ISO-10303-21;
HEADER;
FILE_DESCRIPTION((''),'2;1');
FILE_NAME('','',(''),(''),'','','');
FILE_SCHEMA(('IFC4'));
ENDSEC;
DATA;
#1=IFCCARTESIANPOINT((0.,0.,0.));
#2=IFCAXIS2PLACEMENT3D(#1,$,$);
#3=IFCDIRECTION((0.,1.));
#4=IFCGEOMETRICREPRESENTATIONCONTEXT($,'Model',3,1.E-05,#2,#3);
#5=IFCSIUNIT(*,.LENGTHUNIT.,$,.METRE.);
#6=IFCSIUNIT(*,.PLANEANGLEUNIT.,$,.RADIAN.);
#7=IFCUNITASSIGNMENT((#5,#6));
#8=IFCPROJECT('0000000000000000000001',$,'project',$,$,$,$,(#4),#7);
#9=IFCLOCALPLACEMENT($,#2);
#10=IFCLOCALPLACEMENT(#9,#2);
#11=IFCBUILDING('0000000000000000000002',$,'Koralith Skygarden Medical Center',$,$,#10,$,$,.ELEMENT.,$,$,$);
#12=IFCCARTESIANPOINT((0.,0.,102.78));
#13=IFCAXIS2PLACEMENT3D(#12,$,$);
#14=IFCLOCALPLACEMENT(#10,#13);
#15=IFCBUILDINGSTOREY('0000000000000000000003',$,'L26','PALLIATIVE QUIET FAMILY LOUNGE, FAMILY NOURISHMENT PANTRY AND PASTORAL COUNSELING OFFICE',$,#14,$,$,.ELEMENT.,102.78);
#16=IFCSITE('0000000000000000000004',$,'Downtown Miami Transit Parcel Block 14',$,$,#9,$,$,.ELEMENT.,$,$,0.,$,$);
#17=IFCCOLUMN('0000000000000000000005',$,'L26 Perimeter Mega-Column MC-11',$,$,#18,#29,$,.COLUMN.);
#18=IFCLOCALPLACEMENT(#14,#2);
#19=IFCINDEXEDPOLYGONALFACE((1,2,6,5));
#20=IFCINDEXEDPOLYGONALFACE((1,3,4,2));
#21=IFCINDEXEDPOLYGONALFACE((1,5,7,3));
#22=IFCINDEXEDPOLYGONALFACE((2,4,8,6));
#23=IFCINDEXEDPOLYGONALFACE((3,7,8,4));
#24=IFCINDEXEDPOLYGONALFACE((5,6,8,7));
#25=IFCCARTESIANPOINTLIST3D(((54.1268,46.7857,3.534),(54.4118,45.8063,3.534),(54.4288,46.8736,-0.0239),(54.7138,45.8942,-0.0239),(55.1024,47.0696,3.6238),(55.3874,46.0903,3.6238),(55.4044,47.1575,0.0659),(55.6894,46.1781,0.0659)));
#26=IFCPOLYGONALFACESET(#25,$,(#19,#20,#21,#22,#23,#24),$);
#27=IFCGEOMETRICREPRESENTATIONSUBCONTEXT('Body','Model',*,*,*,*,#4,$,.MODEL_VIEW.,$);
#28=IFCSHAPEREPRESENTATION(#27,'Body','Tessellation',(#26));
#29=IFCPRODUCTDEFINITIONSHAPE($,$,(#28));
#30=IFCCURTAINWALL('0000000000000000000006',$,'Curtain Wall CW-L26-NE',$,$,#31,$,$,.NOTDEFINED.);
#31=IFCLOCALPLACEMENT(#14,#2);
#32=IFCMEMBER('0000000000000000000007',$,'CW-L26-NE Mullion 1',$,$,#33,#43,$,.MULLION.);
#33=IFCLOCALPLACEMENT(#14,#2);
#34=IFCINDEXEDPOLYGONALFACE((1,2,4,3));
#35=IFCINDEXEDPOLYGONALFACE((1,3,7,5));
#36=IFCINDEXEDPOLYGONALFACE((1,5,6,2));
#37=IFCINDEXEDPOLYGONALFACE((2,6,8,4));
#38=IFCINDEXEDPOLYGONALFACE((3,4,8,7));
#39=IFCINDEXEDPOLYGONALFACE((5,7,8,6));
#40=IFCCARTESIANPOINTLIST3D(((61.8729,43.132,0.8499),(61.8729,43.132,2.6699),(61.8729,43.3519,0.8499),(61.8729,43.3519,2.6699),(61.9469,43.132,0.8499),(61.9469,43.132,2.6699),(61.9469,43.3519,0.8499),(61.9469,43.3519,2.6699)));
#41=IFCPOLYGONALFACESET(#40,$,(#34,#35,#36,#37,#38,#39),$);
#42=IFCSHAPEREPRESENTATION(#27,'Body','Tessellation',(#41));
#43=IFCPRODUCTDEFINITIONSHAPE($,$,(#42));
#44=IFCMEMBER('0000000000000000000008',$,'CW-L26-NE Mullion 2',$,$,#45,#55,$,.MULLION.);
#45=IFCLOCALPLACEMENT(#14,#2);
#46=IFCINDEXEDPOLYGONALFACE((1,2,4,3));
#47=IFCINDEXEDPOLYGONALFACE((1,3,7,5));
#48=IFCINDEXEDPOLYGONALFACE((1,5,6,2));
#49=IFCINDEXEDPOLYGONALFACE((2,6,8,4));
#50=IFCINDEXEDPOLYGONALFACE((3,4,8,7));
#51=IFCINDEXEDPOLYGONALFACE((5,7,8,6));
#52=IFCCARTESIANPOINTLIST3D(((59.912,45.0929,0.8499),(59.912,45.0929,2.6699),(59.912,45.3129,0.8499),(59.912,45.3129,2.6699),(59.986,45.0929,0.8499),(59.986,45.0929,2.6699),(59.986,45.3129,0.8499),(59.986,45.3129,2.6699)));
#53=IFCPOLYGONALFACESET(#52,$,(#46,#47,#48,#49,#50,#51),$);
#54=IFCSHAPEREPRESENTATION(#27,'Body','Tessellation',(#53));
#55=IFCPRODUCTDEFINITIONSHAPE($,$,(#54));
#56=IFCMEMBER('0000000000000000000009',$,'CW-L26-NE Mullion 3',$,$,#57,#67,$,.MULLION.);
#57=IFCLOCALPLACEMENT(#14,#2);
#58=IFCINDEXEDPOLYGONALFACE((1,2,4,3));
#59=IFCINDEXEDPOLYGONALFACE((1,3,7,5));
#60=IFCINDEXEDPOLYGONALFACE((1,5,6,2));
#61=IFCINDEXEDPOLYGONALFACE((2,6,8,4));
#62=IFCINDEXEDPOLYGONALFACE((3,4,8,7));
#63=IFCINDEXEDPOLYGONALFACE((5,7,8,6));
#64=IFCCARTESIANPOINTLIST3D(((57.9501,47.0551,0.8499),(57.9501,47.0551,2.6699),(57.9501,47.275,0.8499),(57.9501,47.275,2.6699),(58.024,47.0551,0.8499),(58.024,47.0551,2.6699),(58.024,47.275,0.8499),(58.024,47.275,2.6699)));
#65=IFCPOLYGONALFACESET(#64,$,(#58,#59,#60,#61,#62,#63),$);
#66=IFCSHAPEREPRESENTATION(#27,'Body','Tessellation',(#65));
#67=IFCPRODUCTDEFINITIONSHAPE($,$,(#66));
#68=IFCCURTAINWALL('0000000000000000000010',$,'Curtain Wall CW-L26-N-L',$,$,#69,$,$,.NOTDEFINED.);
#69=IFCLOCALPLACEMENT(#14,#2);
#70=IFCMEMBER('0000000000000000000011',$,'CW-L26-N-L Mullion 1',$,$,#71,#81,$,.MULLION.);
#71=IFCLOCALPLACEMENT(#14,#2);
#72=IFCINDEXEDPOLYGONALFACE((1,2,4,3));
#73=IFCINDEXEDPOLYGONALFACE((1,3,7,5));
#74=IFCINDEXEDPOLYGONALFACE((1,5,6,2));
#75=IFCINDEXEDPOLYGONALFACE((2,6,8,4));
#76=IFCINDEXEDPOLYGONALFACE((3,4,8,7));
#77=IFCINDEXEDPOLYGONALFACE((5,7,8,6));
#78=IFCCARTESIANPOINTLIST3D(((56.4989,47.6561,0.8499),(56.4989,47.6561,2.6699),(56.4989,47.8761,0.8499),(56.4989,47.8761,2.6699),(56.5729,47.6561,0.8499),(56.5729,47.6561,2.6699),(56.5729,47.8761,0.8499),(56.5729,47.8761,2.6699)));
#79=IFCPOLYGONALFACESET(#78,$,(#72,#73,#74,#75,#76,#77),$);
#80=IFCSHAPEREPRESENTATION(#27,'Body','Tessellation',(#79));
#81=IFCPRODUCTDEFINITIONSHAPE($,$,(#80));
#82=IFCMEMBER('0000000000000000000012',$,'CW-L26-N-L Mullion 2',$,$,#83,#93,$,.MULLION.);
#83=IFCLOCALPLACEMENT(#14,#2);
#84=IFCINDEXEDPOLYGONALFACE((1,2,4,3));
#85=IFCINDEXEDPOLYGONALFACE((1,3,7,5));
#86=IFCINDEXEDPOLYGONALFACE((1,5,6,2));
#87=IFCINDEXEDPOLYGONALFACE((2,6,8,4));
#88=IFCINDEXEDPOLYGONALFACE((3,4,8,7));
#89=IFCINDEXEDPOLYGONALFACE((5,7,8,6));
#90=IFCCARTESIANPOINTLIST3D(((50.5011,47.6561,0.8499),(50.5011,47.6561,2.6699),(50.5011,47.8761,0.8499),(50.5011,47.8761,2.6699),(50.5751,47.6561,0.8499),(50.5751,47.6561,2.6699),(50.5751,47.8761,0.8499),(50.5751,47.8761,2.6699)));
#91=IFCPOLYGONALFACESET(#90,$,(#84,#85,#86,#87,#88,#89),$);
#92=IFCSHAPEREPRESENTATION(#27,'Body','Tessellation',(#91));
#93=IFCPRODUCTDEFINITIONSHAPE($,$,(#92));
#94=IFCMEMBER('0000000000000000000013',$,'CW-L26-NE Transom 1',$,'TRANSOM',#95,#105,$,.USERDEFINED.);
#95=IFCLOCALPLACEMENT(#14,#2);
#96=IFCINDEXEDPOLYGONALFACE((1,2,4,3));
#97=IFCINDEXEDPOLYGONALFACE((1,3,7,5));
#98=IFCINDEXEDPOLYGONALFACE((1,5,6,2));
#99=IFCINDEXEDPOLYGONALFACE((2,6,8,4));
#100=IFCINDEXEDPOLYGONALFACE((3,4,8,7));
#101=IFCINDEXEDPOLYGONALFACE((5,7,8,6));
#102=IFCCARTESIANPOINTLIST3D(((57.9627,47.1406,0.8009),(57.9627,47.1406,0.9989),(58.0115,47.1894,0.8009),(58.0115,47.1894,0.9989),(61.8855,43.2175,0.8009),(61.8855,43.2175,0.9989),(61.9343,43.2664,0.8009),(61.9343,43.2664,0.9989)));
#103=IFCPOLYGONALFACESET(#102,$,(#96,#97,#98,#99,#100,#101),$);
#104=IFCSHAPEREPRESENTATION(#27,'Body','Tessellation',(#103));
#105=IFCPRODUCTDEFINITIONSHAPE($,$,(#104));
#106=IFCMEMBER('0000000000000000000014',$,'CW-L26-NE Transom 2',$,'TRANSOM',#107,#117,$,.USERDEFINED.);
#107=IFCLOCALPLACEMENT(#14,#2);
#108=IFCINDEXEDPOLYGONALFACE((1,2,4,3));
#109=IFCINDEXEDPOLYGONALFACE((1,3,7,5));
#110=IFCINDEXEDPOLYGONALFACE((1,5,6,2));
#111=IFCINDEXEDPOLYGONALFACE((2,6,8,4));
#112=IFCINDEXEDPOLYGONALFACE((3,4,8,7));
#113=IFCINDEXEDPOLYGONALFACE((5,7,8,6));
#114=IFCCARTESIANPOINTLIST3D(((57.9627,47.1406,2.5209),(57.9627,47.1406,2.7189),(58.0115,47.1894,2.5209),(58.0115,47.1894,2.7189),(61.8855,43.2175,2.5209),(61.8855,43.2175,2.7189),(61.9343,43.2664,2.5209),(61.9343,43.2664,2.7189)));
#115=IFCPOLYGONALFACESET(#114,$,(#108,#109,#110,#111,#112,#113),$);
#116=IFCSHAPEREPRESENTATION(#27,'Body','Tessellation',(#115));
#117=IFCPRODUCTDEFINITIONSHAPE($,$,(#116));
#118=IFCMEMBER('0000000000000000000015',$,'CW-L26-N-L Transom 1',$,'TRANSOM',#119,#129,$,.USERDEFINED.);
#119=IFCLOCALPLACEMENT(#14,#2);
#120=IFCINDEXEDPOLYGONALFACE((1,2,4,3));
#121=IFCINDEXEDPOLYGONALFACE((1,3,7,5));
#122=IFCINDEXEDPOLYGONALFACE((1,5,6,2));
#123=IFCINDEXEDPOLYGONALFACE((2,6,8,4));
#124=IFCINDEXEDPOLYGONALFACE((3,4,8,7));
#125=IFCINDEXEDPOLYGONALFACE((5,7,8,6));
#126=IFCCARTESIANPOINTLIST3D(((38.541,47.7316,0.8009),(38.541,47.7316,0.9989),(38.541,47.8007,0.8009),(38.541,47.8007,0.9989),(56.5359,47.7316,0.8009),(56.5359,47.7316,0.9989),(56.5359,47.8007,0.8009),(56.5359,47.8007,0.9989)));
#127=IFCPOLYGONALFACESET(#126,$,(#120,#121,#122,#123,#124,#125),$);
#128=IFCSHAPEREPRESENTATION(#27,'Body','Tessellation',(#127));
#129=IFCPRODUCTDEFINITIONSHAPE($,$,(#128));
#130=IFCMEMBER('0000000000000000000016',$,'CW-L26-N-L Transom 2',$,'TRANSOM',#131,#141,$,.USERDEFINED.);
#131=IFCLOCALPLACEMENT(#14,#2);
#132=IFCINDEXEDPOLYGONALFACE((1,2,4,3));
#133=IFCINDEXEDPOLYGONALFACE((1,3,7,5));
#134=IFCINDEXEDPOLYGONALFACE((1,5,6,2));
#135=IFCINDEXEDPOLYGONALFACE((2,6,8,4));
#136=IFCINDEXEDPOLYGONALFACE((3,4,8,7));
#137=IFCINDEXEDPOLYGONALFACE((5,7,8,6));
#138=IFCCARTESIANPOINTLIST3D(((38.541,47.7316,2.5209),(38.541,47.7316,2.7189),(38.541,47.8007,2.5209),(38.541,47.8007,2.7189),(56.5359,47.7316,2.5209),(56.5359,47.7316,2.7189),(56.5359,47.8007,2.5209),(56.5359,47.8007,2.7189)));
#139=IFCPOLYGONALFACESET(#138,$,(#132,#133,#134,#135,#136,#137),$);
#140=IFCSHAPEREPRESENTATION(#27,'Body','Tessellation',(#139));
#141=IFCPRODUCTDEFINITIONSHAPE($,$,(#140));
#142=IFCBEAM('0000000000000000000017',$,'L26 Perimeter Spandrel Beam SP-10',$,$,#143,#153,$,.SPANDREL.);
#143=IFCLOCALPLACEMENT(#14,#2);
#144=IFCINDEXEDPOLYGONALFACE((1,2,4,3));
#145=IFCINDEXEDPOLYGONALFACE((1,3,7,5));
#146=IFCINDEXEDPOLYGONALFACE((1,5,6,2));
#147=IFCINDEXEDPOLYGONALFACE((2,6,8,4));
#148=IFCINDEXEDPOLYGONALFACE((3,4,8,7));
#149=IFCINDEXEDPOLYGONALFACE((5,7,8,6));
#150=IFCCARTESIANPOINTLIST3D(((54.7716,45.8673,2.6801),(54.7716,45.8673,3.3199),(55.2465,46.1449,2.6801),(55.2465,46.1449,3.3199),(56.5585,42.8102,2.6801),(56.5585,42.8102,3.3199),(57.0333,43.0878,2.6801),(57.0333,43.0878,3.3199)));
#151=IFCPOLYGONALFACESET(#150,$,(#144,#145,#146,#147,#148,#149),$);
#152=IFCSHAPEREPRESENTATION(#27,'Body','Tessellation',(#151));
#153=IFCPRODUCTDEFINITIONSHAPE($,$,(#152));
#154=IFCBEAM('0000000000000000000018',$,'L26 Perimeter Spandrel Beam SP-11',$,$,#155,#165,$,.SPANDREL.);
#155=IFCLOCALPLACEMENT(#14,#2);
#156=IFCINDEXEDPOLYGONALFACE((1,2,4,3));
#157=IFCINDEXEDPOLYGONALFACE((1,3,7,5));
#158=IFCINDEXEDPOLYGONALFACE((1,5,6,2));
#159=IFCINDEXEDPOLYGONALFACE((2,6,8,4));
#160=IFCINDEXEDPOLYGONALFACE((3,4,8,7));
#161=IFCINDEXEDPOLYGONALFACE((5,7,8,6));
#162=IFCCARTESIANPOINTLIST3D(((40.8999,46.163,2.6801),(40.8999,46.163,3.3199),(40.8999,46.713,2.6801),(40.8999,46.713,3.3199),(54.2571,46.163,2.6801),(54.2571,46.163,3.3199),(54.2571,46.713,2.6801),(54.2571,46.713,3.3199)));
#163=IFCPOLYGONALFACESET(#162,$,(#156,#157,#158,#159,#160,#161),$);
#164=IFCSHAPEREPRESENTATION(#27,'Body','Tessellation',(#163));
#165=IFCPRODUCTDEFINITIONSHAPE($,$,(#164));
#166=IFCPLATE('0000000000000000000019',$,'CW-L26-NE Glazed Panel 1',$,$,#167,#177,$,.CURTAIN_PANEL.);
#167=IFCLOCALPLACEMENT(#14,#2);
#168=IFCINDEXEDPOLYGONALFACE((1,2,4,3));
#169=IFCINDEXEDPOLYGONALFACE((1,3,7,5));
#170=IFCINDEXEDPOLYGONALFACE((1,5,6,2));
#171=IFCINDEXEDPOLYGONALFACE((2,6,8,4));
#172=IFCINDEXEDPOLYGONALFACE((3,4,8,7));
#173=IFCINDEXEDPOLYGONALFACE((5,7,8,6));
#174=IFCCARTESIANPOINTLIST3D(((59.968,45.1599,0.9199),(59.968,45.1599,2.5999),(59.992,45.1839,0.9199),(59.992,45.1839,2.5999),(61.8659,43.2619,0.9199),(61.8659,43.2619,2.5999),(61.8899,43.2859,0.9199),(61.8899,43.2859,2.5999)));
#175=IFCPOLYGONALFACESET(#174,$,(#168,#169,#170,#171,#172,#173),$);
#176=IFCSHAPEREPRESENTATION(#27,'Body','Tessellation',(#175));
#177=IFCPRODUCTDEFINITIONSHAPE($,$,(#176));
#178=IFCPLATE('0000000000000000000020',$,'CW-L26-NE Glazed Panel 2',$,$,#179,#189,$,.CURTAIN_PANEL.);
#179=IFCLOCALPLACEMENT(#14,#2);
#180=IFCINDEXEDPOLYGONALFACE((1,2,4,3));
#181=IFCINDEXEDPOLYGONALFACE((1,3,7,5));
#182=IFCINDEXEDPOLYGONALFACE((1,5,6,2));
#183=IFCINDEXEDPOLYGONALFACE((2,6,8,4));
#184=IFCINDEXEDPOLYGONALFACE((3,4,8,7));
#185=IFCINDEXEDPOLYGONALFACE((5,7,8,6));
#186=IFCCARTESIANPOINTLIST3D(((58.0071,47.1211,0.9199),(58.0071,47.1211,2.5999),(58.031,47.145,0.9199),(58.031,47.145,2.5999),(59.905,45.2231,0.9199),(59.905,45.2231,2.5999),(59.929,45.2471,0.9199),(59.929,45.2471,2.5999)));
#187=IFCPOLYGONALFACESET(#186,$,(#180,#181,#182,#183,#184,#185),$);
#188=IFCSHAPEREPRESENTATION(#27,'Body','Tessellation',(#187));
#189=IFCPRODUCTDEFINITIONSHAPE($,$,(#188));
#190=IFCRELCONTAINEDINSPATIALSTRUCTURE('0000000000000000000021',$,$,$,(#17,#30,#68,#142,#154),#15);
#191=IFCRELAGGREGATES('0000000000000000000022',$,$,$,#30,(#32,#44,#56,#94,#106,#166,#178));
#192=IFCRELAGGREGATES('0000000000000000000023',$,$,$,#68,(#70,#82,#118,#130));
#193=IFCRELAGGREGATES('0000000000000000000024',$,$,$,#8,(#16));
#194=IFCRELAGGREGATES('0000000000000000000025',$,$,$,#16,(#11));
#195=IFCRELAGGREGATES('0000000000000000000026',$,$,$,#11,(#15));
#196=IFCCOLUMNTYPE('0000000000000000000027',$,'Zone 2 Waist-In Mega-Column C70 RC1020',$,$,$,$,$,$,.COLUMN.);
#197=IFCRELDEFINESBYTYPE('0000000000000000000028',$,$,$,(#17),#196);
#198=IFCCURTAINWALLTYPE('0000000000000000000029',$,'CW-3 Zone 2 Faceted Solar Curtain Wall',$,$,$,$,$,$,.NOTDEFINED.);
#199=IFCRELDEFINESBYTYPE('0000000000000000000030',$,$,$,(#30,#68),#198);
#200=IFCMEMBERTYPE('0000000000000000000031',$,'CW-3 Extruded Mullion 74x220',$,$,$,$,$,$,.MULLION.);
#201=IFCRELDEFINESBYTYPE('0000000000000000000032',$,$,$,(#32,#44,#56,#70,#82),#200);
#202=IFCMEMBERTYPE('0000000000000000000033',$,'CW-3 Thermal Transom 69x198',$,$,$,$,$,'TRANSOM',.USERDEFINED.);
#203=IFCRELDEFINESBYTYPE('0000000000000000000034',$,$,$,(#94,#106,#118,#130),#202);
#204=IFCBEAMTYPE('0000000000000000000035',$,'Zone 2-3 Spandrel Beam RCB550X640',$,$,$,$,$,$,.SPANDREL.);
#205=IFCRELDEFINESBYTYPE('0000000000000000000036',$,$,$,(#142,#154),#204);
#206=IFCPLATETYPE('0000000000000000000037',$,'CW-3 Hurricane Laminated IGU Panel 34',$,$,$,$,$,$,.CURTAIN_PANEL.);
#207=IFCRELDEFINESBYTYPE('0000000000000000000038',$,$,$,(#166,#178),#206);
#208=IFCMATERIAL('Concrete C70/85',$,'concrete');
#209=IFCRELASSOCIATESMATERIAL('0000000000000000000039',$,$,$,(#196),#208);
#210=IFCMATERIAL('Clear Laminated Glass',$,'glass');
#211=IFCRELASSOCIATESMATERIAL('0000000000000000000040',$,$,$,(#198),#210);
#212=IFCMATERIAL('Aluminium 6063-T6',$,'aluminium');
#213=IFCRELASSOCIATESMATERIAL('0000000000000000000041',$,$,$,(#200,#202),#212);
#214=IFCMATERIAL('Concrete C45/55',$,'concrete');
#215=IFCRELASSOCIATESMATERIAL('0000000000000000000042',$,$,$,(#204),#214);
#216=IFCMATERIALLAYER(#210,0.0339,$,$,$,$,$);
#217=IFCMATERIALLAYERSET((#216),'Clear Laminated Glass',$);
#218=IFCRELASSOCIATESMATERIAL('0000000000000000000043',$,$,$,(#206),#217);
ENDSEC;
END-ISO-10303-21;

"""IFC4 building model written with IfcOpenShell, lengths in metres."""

from ifc_helpers import new_model, si_unit, direction, frame, origin, origin_2d, place, context, subcontext, project, spatial, rectangle, extrude, material, layer, layer_set, material_profile, profile_set, type_object, element, aggregate, save


model = new_model("IFC4")

# Units and contexts
model_context = context("Model", 3, precision=1e-05, world=origin(), true_north=direction((0.0, 1.0)))
body_context = subcontext(model_context, "Body", "Model", "MODEL_VIEW")
ifc_project = project(units=[si_unit("LENGTHUNIT", "METRE"), si_unit("PLANEANGLEUNIT", "RADIAN")], contexts=[model_context])

# Site, building, storey
site_placement = place(None, origin())
site = spatial("IfcSite", under=ifc_project, at=site_placement, Name="Downtown Miami Transit Parcel Block 14", CompositionType="ELEMENT", RefElevation=0.0)
building_placement = place(site_placement, origin())
building = spatial("IfcBuilding", under=site, at=building_placement, Name="Koralith Skygarden Medical Center", CompositionType="ELEMENT")
storey_placement = place(building_placement, frame((0.0, 0.0, 102.78)))
storey = spatial("IfcBuildingStorey", under=building, at=storey_placement, Name="L26", Description="PALLIATIVE QUIET FAMILY LOUNGE, FAMILY NOURISHMENT PANTRY AND PASTORAL COUNSELING OFFICE", CompositionType="ELEMENT", Elevation=102.78)

# Column
ifc_material_1 = material(Name="Concrete C70/85", Category="concrete")
ifc_material_profile_1 = material_profile(ifc_material_1, rectangle(XDim=1.02, YDim=1.02, at=origin_2d()), Name="RC1020X1020")
ifc_profile_set_1 = profile_set([ifc_material_profile_1], Name="Concrete C70/85")
column_type = type_object("IfcColumnType", Name="Zone 2 Waist-In Mega-Column C70 RC1020", PredefinedType="COLUMN", material=ifc_profile_set_1)
column_placement = place(storey_placement, frame((55.0591, 46.5259, 0.021), z_axis=(-0.084553, -0.024607, 0.996115), x_axis=(0.279434, -0.960165, 0.0)))
element("IfcColumn", 1, at=column_placement, inside=storey, type_object=column_type, Name="L26 Perimeter Mega-Column MC-11", PredefinedType="COLUMN", context=body_context, shape_type="SweptSolid", body=[
    extrude(rectangle(XDim=1.02, YDim=1.02, at=origin_2d()), origin(), (0.0, 0.0, 1.0), 3.5718),
])

# Curtain walls, members
ifc_material_2 = material(Name="Clear Laminated Glass", Category="glass")
curtain_wall_type = type_object("IfcCurtainWallType", Name="CW-3 Zone 2 Faceted Solar Curtain Wall", PredefinedType="NOTDEFINED", material=ifc_material_2)
curtain_wall_1_placement = place(storey_placement, origin())
curtain_wall_1 = element("IfcCurtainWall", 2, at=curtain_wall_1_placement, inside=storey, type_object=curtain_wall_type, Name="Curtain Wall CW-L26-NE", PredefinedType="NOTDEFINED")
ifc_material_3 = material(Name="Aluminium 6063-T6", Category="aluminium")
ifc_material_profile_2 = material_profile(ifc_material_3, rectangle(XDim=0.074, YDim=0.22, at=origin_2d()), Name="MUL74X220")
ifc_profile_set_2 = profile_set([ifc_material_profile_2], Name="Aluminium 6063-T6")
member_type_1 = type_object("IfcMemberType", Name="CW-3 Extruded Mullion 74x220", PredefinedType="MULLION", material=ifc_profile_set_2)
member_1_placement = place(storey_placement, frame((61.9099, 43.2419, 0.8499), z_axis=(0.0, 0.0, 1.0), x_axis=(1.0, 0.0, 0.0)))
member_1 = element("IfcMember", 3, at=member_1_placement, type_object=member_type_1, Name="CW-L26-NE Mullion 1", PredefinedType="MULLION", context=body_context, shape_type="SweptSolid", body=[
    extrude(rectangle(XDim=0.074, YDim=0.22, at=origin_2d()), origin(), (0.0, 0.0, 1.0), 1.8201),
])
member_2_placement = place(storey_placement, frame((59.949, 45.2029, 0.8499), z_axis=(0.0, 0.0, 1.0), x_axis=(1.0, 0.0, 0.0)))
member_2 = element("IfcMember", 4, at=member_2_placement, type_object=member_type_1, Name="CW-L26-NE Mullion 2", PredefinedType="MULLION", context=body_context, shape_type="SweptSolid", body=[
    extrude(rectangle(XDim=0.074, YDim=0.22, at=origin_2d()), origin(), (0.0, 0.0, 1.0), 1.8201),
])
member_3_placement = place(storey_placement, frame((57.9871, 47.165, 0.8499), z_axis=(0.0, 0.0, 1.0), x_axis=(1.0, 0.0, 0.0)))
member_3 = element("IfcMember", 5, at=member_3_placement, type_object=member_type_1, Name="CW-L26-NE Mullion 3", PredefinedType="MULLION", context=body_context, shape_type="SweptSolid", body=[
    extrude(rectangle(XDim=0.074, YDim=0.22, at=origin_2d()), origin(), (0.0, 0.0, 1.0), 1.8201),
])
curtain_wall_2_placement = place(storey_placement, origin())
curtain_wall_2 = element("IfcCurtainWall", 6, at=curtain_wall_2_placement, inside=storey, type_object=curtain_wall_type, Name="Curtain Wall CW-L26-N-L", PredefinedType="NOTDEFINED")
member_4_placement = place(storey_placement, frame((56.5359, 47.7661, 0.8499), z_axis=(0.0, 0.0, 1.0), x_axis=(1.0, 0.0, 0.0)))
member_4 = element("IfcMember", 7, at=member_4_placement, type_object=member_type_1, Name="CW-L26-N-L Mullion 1", PredefinedType="MULLION", context=body_context, shape_type="SweptSolid", body=[
    extrude(rectangle(XDim=0.074, YDim=0.22, at=origin_2d()), origin(), (0.0, 0.0, 1.0), 1.8201),
])
member_5_placement = place(storey_placement, frame((50.5381, 47.7661, 0.8499), z_axis=(0.0, 0.0, 1.0), x_axis=(1.0, 0.0, 0.0)))
member_5 = element("IfcMember", 8, at=member_5_placement, type_object=member_type_1, Name="CW-L26-N-L Mullion 2", PredefinedType="MULLION", context=body_context, shape_type="SweptSolid", body=[
    extrude(rectangle(XDim=0.074, YDim=0.22, at=origin_2d()), origin(), (0.0, 0.0, 1.0), 1.8201),
])

# Members
ifc_material_profile_3 = material_profile(ifc_material_3, rectangle(XDim=0.0691, YDim=0.198, at=origin_2d()), Name="TRN69X198")
ifc_profile_set_3 = profile_set([ifc_material_profile_3], Name="Aluminium 6063-T6")
member_type_2 = type_object("IfcMemberType", Name="CW-3 Thermal Transom 69x198", ElementType="TRANSOM", PredefinedType="USERDEFINED", material=ifc_profile_set_3)
member_6_placement = place(storey_placement, frame((61.9099, 43.2419, 0.8999), z_axis=(-0.707085, 0.707129, 0.0), x_axis=(-0.707129, -0.707085, 0.0)))
member_6 = element("IfcMember", 9, at=member_6_placement, type_object=member_type_2, Name="CW-L26-NE Transom 1", ObjectType="TRANSOM", PredefinedType="USERDEFINED", context=body_context, shape_type="SweptSolid", body=[
    extrude(rectangle(XDim=0.0691, YDim=0.198, at=origin_2d()), origin(), (0.0, 0.0, 1.0), 5.5479),
])
member_7_placement = place(storey_placement, frame((61.9099, 43.2419, 2.6199), z_axis=(-0.707085, 0.707129, 0.0), x_axis=(-0.707129, -0.707085, 0.0)))
member_7 = element("IfcMember", 10, at=member_7_placement, type_object=member_type_2, Name="CW-L26-NE Transom 2", ObjectType="TRANSOM", PredefinedType="USERDEFINED", context=body_context, shape_type="SweptSolid", body=[
    extrude(rectangle(XDim=0.0691, YDim=0.198, at=origin_2d()), origin(), (0.0, 0.0, 1.0), 5.5479),
])
member_8_placement = place(storey_placement, frame((56.5359, 47.7661, 0.8999), z_axis=(-1.0, 0.0, 0.0), x_axis=(0.0, -1.0, 0.0)))
member_8 = element("IfcMember", 11, at=member_8_placement, type_object=member_type_2, Name="CW-L26-N-L Transom 1", ObjectType="TRANSOM", PredefinedType="USERDEFINED", context=body_context, shape_type="SweptSolid", body=[
    extrude(rectangle(XDim=0.0691, YDim=0.198, at=origin_2d()), origin(), (0.0, 0.0, 1.0), 17.9949),
])
member_9_placement = place(storey_placement, frame((56.5359, 47.7661, 2.6199), z_axis=(-1.0, 0.0, 0.0), x_axis=(0.0, -1.0, 0.0)))
member_9 = element("IfcMember", 12, at=member_9_placement, type_object=member_type_2, Name="CW-L26-N-L Transom 2", ObjectType="TRANSOM", PredefinedType="USERDEFINED", context=body_context, shape_type="SweptSolid", body=[
    extrude(rectangle(XDim=0.0691, YDim=0.198, at=origin_2d()), origin(), (0.0, 0.0, 1.0), 17.9949),
])

# Beams
ifc_material_4 = material(Name="Concrete C45/55", Category="concrete")
ifc_material_profile_4 = material_profile(ifc_material_4, rectangle(XDim=0.55, YDim=0.6399, at=origin_2d()), Name="RCB550X640")
ifc_profile_set_4 = profile_set([ifc_material_profile_4], Name="Concrete C45/55")
beam_type = type_object("IfcBeamType", Name="Zone 2-3 Spandrel Beam RCB550X640", PredefinedType="SPANDREL", material=ifc_profile_set_4)
beam_1_placement = place(storey_placement, frame((56.7959, 42.949, 3.0), z_axis=(-0.504617, 0.863343, 0.0), x_axis=(-0.863343, -0.504617, 0.0)))
element("IfcBeam", 13, at=beam_1_placement, inside=storey, type_object=beam_type, Name="L26 Perimeter Spandrel Beam SP-10", PredefinedType="SPANDREL", context=body_context, shape_type="SweptSolid", body=[
    extrude(rectangle(XDim=0.55, YDim=0.6399, at=origin_2d()), origin(), (0.0, 0.0, 1.0), 3.541),
])
beam_2_placement = place(storey_placement, frame((54.2571, 46.438, 3.0), z_axis=(-1.0, 0.0, 0.0), x_axis=(0.0, -1.0, 0.0)))
element("IfcBeam", 14, at=beam_2_placement, inside=storey, type_object=beam_type, Name="L26 Perimeter Spandrel Beam SP-11", PredefinedType="SPANDREL", context=body_context, shape_type="SweptSolid", body=[
    extrude(rectangle(XDim=0.55, YDim=0.6399, at=origin_2d()), origin(), (0.0, 0.0, 1.0), 13.3572),
])

# Plates
ifc_layer_1 = layer(ifc_material_2, 0.0339)
ifc_layer_set_1 = layer_set([ifc_layer_1], Name="Clear Laminated Glass")
plate_type_1 = type_object("IfcPlateType", Name="CW-3 Hurricane Laminated IGU Panel 34", PredefinedType="CURTAIN_PANEL", material=ifc_layer_set_1)
plate_1_placement = place(storey_placement, frame((60.929, 44.2229, 0.9199), z_axis=(0.0, 0.0, 1.0), x_axis=(-0.707107, 0.707107, 0.0)))
plate_1 = element("IfcPlate", 15, at=plate_1_placement, type_object=plate_type_1, Name="CW-L26-NE Glazed Panel 1", PredefinedType="CURTAIN_PANEL", context=body_context, shape_type="SweptSolid", body=[
    extrude(rectangle(XDim=2.6841, YDim=0.0339, at=origin_2d()), origin(), (0.0, 0.0, 1.0), 1.6799),
])
plate_2_placement = place(storey_placement, frame((58.968, 46.1841, 0.9199), z_axis=(0.0, 0.0, 1.0), x_axis=(-0.707107, 0.707107, 0.0)))
plate_2 = element("IfcPlate", 16, at=plate_2_placement, type_object=plate_type_1, Name="CW-L26-NE Glazed Panel 2", PredefinedType="CURTAIN_PANEL", context=body_context, shape_type="SweptSolid", body=[
    extrude(rectangle(XDim=2.6841, YDim=0.0339, at=origin_2d()), origin(), (0.0, 0.0, 1.0), 1.6799),
])
aggregate(curtain_wall_1, [member_1, member_2, member_3, member_6, member_7, plate_1, plate_2])
aggregate(curtain_wall_2, [member_4, member_5, member_8, member_9])

save(model, "model.ifc")
